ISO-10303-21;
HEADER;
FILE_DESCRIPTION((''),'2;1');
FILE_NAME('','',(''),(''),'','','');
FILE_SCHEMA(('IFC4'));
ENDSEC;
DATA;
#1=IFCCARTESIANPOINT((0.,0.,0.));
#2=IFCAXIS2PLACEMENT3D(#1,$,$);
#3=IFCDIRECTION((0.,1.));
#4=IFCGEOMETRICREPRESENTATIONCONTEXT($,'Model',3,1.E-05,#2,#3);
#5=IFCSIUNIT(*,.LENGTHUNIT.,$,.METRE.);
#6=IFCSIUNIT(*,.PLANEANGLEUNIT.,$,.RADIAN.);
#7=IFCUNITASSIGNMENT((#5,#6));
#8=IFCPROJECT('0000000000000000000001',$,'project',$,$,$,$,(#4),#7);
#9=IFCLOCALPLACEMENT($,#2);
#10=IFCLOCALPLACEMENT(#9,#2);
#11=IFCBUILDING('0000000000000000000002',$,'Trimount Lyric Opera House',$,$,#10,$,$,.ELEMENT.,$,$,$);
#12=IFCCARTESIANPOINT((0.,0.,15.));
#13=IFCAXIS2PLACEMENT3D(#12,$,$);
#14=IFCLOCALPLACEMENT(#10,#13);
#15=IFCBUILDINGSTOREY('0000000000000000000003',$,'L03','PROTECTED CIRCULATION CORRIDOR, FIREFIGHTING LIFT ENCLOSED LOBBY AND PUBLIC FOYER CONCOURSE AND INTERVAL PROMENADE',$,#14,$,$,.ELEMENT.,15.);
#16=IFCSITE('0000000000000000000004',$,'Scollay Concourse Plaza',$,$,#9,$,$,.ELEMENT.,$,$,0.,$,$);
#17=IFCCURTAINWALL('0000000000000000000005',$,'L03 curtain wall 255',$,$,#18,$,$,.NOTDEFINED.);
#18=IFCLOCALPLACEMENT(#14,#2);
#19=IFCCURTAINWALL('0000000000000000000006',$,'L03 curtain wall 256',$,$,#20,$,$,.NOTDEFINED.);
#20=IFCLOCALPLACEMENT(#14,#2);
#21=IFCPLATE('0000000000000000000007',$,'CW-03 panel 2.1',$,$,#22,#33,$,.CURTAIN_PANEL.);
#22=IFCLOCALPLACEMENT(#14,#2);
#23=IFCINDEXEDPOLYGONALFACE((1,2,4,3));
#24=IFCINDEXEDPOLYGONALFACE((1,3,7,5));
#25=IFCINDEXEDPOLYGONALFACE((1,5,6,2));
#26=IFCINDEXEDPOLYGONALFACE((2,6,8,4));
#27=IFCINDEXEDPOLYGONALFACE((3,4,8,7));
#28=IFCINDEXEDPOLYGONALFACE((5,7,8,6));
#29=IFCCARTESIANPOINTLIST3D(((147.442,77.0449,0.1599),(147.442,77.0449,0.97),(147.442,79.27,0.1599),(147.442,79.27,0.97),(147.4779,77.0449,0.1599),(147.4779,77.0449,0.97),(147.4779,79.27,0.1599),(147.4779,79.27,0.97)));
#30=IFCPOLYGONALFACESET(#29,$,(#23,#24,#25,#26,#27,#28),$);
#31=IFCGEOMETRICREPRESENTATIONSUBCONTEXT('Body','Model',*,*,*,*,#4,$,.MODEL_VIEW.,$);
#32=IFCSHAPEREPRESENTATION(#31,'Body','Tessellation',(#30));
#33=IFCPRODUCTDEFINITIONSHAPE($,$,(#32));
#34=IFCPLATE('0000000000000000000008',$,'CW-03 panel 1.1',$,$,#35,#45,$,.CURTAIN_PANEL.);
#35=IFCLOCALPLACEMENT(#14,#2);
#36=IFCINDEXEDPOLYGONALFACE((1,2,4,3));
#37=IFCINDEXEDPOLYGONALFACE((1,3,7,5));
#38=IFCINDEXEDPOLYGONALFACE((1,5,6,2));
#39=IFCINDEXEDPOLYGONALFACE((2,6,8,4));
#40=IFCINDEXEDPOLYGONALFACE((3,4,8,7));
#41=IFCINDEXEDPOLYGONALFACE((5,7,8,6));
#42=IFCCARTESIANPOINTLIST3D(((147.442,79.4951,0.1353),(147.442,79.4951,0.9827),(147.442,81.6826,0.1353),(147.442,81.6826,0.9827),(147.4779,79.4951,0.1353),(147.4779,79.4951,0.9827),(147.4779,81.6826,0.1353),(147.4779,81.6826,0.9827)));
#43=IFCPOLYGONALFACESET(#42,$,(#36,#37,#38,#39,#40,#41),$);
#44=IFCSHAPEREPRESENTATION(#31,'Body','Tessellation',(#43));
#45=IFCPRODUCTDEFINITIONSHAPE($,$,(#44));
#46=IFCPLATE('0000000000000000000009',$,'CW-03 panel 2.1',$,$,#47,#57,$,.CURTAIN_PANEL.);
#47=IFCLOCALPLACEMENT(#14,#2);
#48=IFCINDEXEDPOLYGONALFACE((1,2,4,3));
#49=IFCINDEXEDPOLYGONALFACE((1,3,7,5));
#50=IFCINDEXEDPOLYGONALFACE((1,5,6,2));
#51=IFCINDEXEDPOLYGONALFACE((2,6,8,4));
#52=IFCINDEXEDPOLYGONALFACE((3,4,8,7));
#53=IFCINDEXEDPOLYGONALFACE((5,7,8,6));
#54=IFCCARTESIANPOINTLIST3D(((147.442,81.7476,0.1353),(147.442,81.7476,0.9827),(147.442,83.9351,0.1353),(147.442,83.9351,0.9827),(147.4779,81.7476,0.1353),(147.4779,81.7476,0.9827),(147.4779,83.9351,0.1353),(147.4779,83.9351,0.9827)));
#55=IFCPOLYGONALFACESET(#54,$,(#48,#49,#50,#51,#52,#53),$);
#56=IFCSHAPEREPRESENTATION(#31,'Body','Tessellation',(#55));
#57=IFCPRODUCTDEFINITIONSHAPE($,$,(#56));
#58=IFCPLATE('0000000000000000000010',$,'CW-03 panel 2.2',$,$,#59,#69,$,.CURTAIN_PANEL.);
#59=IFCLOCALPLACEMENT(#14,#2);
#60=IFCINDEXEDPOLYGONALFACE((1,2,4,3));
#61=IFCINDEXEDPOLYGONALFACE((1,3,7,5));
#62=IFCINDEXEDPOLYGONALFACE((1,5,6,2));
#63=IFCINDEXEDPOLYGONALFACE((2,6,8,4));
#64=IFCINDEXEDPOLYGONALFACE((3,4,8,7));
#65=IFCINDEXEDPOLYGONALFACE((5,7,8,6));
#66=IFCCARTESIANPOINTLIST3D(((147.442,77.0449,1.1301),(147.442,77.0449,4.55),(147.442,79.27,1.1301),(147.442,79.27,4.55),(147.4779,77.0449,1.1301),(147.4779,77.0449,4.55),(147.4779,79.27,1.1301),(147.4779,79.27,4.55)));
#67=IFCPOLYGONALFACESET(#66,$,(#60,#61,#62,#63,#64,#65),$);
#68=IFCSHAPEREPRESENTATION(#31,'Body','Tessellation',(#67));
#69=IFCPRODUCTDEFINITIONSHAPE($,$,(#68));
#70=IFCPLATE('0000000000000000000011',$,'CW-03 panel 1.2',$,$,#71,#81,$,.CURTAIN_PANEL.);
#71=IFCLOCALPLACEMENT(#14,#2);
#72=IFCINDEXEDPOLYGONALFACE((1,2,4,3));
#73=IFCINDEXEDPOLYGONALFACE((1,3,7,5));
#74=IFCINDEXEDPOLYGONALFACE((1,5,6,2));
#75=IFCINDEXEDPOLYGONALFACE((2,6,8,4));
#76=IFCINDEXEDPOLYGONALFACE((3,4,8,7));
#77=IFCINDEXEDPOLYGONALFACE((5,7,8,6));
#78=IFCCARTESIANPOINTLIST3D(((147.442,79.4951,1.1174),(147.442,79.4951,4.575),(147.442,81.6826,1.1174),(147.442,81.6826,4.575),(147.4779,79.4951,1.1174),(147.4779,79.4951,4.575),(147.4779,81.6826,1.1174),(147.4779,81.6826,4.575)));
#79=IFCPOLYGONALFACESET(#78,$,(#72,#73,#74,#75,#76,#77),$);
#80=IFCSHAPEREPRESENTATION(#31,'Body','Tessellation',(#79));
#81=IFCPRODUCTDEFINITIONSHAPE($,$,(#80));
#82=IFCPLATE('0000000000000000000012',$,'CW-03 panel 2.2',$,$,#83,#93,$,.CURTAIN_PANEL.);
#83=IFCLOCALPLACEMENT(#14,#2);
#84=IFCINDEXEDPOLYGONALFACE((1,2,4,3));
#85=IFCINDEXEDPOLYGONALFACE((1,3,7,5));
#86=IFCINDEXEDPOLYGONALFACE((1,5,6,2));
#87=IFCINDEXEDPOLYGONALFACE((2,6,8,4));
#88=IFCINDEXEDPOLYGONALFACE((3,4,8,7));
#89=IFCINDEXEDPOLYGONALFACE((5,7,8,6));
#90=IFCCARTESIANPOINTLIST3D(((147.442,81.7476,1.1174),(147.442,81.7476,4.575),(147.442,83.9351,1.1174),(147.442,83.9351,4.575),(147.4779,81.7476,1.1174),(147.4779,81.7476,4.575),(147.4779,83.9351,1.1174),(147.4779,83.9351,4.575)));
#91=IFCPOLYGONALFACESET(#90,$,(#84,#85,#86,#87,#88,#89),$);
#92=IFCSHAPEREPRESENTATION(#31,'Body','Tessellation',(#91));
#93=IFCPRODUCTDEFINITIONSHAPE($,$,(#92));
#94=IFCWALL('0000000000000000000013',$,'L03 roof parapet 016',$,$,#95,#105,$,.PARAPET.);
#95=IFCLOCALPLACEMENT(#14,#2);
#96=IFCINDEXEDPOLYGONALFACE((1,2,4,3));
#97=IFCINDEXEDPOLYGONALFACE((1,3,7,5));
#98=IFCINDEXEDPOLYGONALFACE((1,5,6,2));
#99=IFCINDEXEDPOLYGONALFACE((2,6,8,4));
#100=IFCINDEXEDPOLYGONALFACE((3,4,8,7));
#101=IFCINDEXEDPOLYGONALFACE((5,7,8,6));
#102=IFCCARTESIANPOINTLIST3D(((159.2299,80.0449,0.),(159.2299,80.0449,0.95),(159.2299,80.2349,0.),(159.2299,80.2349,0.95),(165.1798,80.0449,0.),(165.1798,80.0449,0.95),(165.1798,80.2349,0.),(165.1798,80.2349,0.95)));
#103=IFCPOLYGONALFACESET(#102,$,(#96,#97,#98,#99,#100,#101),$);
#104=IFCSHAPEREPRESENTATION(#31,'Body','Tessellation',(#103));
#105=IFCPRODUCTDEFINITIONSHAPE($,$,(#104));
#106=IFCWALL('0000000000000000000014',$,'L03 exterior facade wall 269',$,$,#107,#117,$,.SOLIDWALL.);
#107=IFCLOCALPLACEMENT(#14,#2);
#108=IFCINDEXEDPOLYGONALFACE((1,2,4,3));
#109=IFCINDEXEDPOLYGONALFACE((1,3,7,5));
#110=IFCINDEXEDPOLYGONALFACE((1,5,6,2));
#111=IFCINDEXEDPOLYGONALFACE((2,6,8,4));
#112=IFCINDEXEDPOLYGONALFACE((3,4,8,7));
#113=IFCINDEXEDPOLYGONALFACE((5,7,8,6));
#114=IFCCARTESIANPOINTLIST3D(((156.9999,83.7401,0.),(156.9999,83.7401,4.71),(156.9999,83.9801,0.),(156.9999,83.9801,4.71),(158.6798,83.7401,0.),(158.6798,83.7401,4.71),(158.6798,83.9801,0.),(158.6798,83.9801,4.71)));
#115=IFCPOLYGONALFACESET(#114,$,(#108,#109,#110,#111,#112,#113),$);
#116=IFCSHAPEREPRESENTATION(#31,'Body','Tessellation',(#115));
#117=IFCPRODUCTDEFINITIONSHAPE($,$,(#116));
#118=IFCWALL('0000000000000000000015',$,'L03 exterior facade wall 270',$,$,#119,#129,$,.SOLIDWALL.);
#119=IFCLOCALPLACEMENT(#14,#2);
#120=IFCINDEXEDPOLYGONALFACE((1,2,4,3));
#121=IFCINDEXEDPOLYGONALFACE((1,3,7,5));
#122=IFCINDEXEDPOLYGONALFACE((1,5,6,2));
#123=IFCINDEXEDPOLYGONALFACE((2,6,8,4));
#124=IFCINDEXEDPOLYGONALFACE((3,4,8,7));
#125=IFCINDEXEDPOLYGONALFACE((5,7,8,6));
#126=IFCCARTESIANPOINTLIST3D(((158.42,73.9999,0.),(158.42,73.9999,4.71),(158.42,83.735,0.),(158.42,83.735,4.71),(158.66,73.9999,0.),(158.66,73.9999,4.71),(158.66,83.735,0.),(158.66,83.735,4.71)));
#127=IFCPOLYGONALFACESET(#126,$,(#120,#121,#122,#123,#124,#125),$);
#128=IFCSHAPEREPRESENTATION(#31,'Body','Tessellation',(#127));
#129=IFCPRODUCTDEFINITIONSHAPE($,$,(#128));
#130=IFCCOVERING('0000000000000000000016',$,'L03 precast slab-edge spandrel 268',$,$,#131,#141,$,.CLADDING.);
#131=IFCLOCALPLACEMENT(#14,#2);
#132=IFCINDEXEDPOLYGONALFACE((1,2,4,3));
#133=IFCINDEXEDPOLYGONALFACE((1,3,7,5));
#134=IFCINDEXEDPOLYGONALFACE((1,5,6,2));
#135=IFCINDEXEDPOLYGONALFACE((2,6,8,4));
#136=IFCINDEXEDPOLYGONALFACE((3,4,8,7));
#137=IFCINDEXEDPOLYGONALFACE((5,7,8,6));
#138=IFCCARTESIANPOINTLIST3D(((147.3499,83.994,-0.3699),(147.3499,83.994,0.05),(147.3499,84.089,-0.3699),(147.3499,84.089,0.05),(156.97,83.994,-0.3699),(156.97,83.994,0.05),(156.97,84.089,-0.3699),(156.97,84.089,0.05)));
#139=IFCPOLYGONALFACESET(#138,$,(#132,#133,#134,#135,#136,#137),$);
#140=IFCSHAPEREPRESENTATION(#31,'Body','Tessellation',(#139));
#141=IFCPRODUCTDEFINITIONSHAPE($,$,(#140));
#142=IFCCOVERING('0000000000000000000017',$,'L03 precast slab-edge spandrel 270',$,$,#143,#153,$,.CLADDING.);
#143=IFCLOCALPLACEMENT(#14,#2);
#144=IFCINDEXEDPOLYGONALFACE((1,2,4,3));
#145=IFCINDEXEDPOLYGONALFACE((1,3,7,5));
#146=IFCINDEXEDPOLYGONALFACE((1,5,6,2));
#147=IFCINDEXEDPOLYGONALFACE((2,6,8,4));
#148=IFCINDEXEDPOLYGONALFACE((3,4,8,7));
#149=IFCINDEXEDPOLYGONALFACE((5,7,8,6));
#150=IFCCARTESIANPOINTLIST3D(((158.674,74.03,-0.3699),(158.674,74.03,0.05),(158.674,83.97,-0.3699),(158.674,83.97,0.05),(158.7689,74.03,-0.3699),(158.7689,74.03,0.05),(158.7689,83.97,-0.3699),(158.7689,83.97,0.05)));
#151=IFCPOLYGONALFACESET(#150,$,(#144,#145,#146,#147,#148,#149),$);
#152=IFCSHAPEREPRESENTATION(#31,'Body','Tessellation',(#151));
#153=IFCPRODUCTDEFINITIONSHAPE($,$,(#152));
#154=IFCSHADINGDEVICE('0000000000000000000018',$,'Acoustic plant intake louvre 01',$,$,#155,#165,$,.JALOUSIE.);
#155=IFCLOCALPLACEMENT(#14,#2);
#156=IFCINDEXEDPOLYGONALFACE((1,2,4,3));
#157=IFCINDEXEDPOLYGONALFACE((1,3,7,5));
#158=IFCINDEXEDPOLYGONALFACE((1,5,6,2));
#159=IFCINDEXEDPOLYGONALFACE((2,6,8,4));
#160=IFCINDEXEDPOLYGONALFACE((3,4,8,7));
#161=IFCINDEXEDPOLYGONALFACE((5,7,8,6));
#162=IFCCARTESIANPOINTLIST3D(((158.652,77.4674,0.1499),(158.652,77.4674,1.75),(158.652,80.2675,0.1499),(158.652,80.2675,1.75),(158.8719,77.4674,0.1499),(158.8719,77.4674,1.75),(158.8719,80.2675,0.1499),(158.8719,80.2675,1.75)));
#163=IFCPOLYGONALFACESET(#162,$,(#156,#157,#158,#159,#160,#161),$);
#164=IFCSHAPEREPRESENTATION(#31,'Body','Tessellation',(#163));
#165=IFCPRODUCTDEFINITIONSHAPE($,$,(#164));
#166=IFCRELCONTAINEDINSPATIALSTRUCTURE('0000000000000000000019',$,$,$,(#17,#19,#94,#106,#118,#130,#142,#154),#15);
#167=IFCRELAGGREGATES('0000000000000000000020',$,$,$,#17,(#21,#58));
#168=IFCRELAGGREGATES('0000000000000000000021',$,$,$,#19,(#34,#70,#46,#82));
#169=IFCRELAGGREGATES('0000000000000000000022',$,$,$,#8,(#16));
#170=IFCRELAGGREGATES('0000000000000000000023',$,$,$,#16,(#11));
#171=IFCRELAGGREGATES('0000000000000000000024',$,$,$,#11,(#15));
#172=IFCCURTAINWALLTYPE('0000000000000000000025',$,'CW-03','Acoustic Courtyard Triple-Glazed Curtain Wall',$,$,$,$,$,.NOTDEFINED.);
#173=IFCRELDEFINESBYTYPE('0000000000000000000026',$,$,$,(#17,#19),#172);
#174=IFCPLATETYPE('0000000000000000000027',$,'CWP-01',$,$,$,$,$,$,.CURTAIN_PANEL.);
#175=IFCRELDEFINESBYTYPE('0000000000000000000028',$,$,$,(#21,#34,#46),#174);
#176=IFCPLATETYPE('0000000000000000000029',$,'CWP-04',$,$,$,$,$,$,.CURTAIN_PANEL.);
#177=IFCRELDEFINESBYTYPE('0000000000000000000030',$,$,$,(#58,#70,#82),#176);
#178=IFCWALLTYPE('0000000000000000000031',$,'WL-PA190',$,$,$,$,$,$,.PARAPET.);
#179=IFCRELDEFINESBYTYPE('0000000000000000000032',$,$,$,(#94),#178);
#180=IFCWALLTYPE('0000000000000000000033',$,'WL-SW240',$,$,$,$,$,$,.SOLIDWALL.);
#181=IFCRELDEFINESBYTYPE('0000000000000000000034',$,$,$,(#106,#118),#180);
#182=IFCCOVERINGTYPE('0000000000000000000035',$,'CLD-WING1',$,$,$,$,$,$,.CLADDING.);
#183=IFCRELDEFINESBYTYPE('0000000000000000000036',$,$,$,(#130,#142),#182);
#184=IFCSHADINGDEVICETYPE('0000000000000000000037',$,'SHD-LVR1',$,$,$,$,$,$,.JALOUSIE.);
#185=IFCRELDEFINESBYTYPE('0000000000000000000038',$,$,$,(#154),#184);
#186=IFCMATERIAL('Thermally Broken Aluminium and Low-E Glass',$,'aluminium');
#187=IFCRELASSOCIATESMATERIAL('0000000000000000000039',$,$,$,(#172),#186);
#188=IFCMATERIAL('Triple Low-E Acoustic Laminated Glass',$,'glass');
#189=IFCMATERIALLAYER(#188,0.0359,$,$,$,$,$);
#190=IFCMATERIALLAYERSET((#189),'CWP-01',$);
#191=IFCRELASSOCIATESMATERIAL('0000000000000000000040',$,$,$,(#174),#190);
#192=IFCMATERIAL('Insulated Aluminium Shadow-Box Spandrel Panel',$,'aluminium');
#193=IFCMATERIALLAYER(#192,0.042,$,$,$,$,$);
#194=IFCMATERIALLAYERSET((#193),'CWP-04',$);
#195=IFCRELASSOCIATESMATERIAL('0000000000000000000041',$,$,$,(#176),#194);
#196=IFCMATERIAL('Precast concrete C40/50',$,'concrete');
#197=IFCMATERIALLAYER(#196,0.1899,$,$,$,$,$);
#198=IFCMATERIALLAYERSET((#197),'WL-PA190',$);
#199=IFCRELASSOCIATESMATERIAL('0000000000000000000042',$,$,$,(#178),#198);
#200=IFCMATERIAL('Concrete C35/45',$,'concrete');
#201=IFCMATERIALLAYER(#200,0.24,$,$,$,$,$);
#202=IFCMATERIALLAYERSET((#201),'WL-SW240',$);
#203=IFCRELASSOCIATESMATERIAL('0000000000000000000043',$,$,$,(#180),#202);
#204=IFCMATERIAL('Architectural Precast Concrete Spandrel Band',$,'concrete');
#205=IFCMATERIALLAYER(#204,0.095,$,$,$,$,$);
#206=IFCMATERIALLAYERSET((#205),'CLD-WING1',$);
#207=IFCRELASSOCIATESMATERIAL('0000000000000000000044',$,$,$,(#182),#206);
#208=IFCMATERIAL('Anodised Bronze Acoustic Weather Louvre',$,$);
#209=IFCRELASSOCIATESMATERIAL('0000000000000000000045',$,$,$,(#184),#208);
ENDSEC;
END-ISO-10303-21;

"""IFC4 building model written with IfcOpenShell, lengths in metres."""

from ifc_helpers import new_model, si_unit, direction, frame, frame_2d, origin, origin_2d, place, context, subcontext, project, spatial, rectangle, extrude, material, layer, layer_set, type_object, element, aggregate, save


model = new_model("IFC4")

# Units and contexts
model_context = context("Model", 3, precision=1e-05, world=origin(), true_north=direction((0.0, 1.0)))
body_context = subcontext(model_context, "Body", "Model", "MODEL_VIEW")
ifc_project = project(units=[si_unit("LENGTHUNIT", "METRE"), si_unit("PLANEANGLEUNIT", "RADIAN")], contexts=[model_context])

# Site, building, storey
site_placement = place(None, origin())
site = spatial("IfcSite", under=ifc_project, at=site_placement, Name="Scollay Concourse Plaza", CompositionType="ELEMENT", RefElevation=0.0)
building_placement = place(site_placement, origin())
building = spatial("IfcBuilding", under=site, at=building_placement, Name="Trimount Lyric Opera House", CompositionType="ELEMENT")
storey_placement = place(building_placement, frame((0.0, 0.0, 15.0)))
storey = spatial("IfcBuildingStorey", under=building, at=storey_placement, Name="L03", Description="PROTECTED CIRCULATION CORRIDOR, FIREFIGHTING LIFT ENCLOSED LOBBY AND PUBLIC FOYER CONCOURSE AND INTERVAL PROMENADE", CompositionType="ELEMENT", Elevation=15.0)

# Curtain wall
ifc_material_1 = material(Name="Thermally Broken Aluminium and Low-E Glass", Category="aluminium")
curtain_wall_type = type_object("IfcCurtainWallType", Name="CW-03", Description="Acoustic Courtyard Triple-Glazed Curtain Wall", PredefinedType="NOTDEFINED", material=ifc_material_1)
curtain_wall_1_placement = place(storey_placement, origin())
curtain_wall_1 = element("IfcCurtainWall", 1, at=curtain_wall_1_placement, inside=storey, type_object=curtain_wall_type, Name="L03 curtain wall 255", PredefinedType="NOTDEFINED")

# Curtain wall
curtain_wall_2_placement = place(storey_placement, origin())
curtain_wall_2 = element("IfcCurtainWall", 2, at=curtain_wall_2_placement, inside=storey, type_object=curtain_wall_type, Name="L03 curtain wall 256", PredefinedType="NOTDEFINED")

# Plates
ifc_material_2 = material(Name="Triple Low-E Acoustic Laminated Glass", Category="glass")
ifc_layer_1 = layer(ifc_material_2, 0.0359)
ifc_layer_set_1 = layer_set([ifc_layer_1], Name="CWP-01")
plate_type_1 = type_object("IfcPlateType", Name="CWP-01", PredefinedType="CURTAIN_PANEL", material=ifc_layer_set_1)
plate_1_placement = place(storey_placement, frame((147.46, 78.1575, 0.1599), z_axis=(0.0, 0.0, 1.0), x_axis=(0.0, 1.0, 0.0)))
plate_1 = element("IfcPlate", 3, at=plate_1_placement, type_object=plate_type_1, Name="CW-03 panel 2.1", PredefinedType="CURTAIN_PANEL", context=body_context, shape_type="SweptSolid", body=[
    extrude(rectangle(XDim=2.2251, YDim=0.0359, at=origin_2d()), origin(), (0.0, 0.0, 1.0), 0.8101),
])
plate_2_placement = place(storey_placement, frame((147.46, 80.5889, 0.1353), z_axis=(0.0, 0.0, 1.0), x_axis=(0.0, 1.0, 0.0)))
plate_2 = element("IfcPlate", 4, at=plate_2_placement, type_object=plate_type_1, Name="CW-03 panel 1.1", PredefinedType="CURTAIN_PANEL", context=body_context, shape_type="SweptSolid", body=[
    extrude(rectangle(XDim=2.1875, YDim=0.0359, at=origin_2d()), origin(), (0.0, 0.0, 1.0), 0.8474),
])
plate_3_placement = place(storey_placement, frame((147.46, 82.8413, 0.1353), z_axis=(0.0, 0.0, 1.0), x_axis=(0.0, 1.0, 0.0)))
plate_3 = element("IfcPlate", 5, at=plate_3_placement, type_object=plate_type_1, Name="CW-03 panel 2.1", PredefinedType="CURTAIN_PANEL", context=body_context, shape_type="SweptSolid", body=[
    extrude(rectangle(XDim=2.1875, YDim=0.0359, at=origin_2d()), origin(), (0.0, 0.0, 1.0), 0.8474),
])
ifc_material_3 = material(Name="Insulated Aluminium Shadow-Box Spandrel Panel", Category="aluminium")
ifc_layer_2 = layer(ifc_material_3, 0.042)
ifc_layer_set_2 = layer_set([ifc_layer_2], Name="CWP-04")
plate_type_2 = type_object("IfcPlateType", Name="CWP-04", PredefinedType="CURTAIN_PANEL", material=ifc_layer_set_2)
plate_4_placement = place(storey_placement, frame((147.46, 78.1575, 1.1301), z_axis=(0.0, 0.0, 1.0), x_axis=(0.0, 1.0, 0.0)))
plate_4 = element("IfcPlate", 6, at=plate_4_placement, type_object=plate_type_2, Name="CW-03 panel 2.2", PredefinedType="CURTAIN_PANEL", context=body_context, shape_type="SweptSolid", body=[
    extrude(rectangle(XDim=2.2251, YDim=0.0359, at=origin_2d()), origin(), (0.0, 0.0, 1.0), 3.4199),
])
aggregate(curtain_wall_1, [plate_1, plate_4])
plate_5_placement = place(storey_placement, frame((147.46, 80.5889, 1.1174), z_axis=(0.0, 0.0, 1.0), x_axis=(0.0, 1.0, 0.0)))
plate_5 = element("IfcPlate", 7, at=plate_5_placement, type_object=plate_type_2, Name="CW-03 panel 1.2", PredefinedType="CURTAIN_PANEL", context=body_context, shape_type="SweptSolid", body=[
    extrude(rectangle(XDim=2.1875, YDim=0.0359, at=origin_2d()), origin(), (0.0, 0.0, 1.0), 3.4575),
])
plate_6_placement = place(storey_placement, frame((147.46, 82.8413, 1.1174), z_axis=(0.0, 0.0, 1.0), x_axis=(0.0, 1.0, 0.0)))
plate_6 = element("IfcPlate", 8, at=plate_6_placement, type_object=plate_type_2, Name="CW-03 panel 2.2", PredefinedType="CURTAIN_PANEL", context=body_context, shape_type="SweptSolid", body=[
    extrude(rectangle(XDim=2.1875, YDim=0.0359, at=origin_2d()), origin(), (0.0, 0.0, 1.0), 3.4575),
])
aggregate(curtain_wall_2, [plate_2, plate_5, plate_3, plate_6])

# Walls
ifc_material_4 = material(Name="Precast concrete C40/50", Category="concrete")
ifc_layer_3 = layer(ifc_material_4, 0.1899)
ifc_layer_set_3 = layer_set([ifc_layer_3], Name="WL-PA190")
wall_type_1 = type_object("IfcWallType", Name="WL-PA190", PredefinedType="PARAPET", material=ifc_layer_set_3)
wall_1_placement = place(storey_placement, frame((165.1799, 80.1399, 0.0), z_axis=(0.0, 0.0, 1.0), x_axis=(-1.0, 0.0, 0.0)))
element("IfcWall", 9, at=wall_1_placement, inside=storey, type_object=wall_type_1, Name="L03 roof parapet 016", PredefinedType="PARAPET", context=body_context, shape_type="SweptSolid", body=[
    extrude(rectangle(XDim=5.95, YDim=0.1899, at=frame_2d((2.9751, 0.0))), origin(), (0.0, 0.0, 1.0), 0.95),
])
ifc_material_5 = material(Name="Concrete C35/45", Category="concrete")
ifc_layer_4 = layer(ifc_material_5, 0.24)
ifc_layer_set_4 = layer_set([ifc_layer_4], Name="WL-SW240")
wall_type_2 = type_object("IfcWallType", Name="WL-SW240", PredefinedType="SOLIDWALL", material=ifc_layer_set_4)
wall_2_placement = place(storey_placement, frame((157.0, 83.8601, 0.0), z_axis=(0.0, 0.0, 1.0), x_axis=(1.0, 0.0, 0.0)))
element("IfcWall", 10, at=wall_2_placement, inside=storey, type_object=wall_type_2, Name="L03 exterior facade wall 269", PredefinedType="SOLIDWALL", context=body_context, shape_type="SweptSolid", body=[
    extrude(rectangle(XDim=1.6799, YDim=0.24, at=frame_2d((0.8398, 0.0))), origin(), (0.0, 0.0, 1.0), 4.71),
])
wall_3_placement = place(storey_placement, frame((158.54, 83.7351, 0.0), z_axis=(0.0, 0.0, 1.0), x_axis=(0.0, -1.0, 0.0)))
element("IfcWall", 11, at=wall_3_placement, inside=storey, type_object=wall_type_2, Name="L03 exterior facade wall 270", PredefinedType="SOLIDWALL", context=body_context, shape_type="SweptSolid", body=[
    extrude(rectangle(XDim=9.7351, YDim=0.24, at=frame_2d((4.8677, 0.0))), origin(), (0.0, 0.0, 1.0), 4.71),
])

# Coverings
ifc_material_6 = material(Name="Architectural Precast Concrete Spandrel Band", Category="concrete")
ifc_layer_5 = layer(ifc_material_6, 0.095)
ifc_layer_set_5 = layer_set([ifc_layer_5], Name="CLD-WING1")
covering_type = type_object("IfcCoveringType", Name="CLD-WING1", PredefinedType="CLADDING", material=ifc_layer_set_5)
covering_1_placement = place(storey_placement, frame((152.1599, 84.0415, -0.3699), z_axis=(0.0, 0.0, 1.0), x_axis=(1.0, 0.0, 0.0)))
element("IfcCovering", 12, at=covering_1_placement, inside=storey, type_object=covering_type, Name="L03 precast slab-edge spandrel 268", PredefinedType="CLADDING", context=body_context, shape_type="SweptSolid", body=[
    extrude(rectangle(XDim=9.6201, YDim=0.095, at=origin_2d()), origin(), (0.0, 0.0, 1.0), 0.4199),
])
covering_2_placement = place(storey_placement, frame((158.7214, 79.0, -0.3699), z_axis=(0.0, 0.0, 1.0), x_axis=(0.0, -1.0, 0.0)))
element("IfcCovering", 13, at=covering_2_placement, inside=storey, type_object=covering_type, Name="L03 precast slab-edge spandrel 270", PredefinedType="CLADDING", context=body_context, shape_type="SweptSolid", body=[
    extrude(rectangle(XDim=9.9399, YDim=0.095, at=origin_2d()), origin(), (0.0, 0.0, 1.0), 0.4199),
])

# Shading device
ifc_material_7 = material(Name="Anodised Bronze Acoustic Weather Louvre")
shading_device_type = type_object("IfcShadingDeviceType", Name="SHD-LVR1", PredefinedType="JALOUSIE", material=ifc_material_7)
shading_device_placement = place(storey_placement, frame((158.762, 78.8674, 0.1499), z_axis=(0.0, 0.0, 1.0), x_axis=(1.0, 0.0, 0.0)))
element("IfcShadingDevice", 14, at=shading_device_placement, inside=storey, type_object=shading_device_type, Name="Acoustic plant intake louvre 01", PredefinedType="JALOUSIE", context=body_context, shape_type="SweptSolid", body=[
    extrude(rectangle(XDim=0.22, YDim=2.8, at=origin_2d()), origin(), (0.0, 0.0, 1.0), 1.6001),
])

save(model, "model.ifc")
